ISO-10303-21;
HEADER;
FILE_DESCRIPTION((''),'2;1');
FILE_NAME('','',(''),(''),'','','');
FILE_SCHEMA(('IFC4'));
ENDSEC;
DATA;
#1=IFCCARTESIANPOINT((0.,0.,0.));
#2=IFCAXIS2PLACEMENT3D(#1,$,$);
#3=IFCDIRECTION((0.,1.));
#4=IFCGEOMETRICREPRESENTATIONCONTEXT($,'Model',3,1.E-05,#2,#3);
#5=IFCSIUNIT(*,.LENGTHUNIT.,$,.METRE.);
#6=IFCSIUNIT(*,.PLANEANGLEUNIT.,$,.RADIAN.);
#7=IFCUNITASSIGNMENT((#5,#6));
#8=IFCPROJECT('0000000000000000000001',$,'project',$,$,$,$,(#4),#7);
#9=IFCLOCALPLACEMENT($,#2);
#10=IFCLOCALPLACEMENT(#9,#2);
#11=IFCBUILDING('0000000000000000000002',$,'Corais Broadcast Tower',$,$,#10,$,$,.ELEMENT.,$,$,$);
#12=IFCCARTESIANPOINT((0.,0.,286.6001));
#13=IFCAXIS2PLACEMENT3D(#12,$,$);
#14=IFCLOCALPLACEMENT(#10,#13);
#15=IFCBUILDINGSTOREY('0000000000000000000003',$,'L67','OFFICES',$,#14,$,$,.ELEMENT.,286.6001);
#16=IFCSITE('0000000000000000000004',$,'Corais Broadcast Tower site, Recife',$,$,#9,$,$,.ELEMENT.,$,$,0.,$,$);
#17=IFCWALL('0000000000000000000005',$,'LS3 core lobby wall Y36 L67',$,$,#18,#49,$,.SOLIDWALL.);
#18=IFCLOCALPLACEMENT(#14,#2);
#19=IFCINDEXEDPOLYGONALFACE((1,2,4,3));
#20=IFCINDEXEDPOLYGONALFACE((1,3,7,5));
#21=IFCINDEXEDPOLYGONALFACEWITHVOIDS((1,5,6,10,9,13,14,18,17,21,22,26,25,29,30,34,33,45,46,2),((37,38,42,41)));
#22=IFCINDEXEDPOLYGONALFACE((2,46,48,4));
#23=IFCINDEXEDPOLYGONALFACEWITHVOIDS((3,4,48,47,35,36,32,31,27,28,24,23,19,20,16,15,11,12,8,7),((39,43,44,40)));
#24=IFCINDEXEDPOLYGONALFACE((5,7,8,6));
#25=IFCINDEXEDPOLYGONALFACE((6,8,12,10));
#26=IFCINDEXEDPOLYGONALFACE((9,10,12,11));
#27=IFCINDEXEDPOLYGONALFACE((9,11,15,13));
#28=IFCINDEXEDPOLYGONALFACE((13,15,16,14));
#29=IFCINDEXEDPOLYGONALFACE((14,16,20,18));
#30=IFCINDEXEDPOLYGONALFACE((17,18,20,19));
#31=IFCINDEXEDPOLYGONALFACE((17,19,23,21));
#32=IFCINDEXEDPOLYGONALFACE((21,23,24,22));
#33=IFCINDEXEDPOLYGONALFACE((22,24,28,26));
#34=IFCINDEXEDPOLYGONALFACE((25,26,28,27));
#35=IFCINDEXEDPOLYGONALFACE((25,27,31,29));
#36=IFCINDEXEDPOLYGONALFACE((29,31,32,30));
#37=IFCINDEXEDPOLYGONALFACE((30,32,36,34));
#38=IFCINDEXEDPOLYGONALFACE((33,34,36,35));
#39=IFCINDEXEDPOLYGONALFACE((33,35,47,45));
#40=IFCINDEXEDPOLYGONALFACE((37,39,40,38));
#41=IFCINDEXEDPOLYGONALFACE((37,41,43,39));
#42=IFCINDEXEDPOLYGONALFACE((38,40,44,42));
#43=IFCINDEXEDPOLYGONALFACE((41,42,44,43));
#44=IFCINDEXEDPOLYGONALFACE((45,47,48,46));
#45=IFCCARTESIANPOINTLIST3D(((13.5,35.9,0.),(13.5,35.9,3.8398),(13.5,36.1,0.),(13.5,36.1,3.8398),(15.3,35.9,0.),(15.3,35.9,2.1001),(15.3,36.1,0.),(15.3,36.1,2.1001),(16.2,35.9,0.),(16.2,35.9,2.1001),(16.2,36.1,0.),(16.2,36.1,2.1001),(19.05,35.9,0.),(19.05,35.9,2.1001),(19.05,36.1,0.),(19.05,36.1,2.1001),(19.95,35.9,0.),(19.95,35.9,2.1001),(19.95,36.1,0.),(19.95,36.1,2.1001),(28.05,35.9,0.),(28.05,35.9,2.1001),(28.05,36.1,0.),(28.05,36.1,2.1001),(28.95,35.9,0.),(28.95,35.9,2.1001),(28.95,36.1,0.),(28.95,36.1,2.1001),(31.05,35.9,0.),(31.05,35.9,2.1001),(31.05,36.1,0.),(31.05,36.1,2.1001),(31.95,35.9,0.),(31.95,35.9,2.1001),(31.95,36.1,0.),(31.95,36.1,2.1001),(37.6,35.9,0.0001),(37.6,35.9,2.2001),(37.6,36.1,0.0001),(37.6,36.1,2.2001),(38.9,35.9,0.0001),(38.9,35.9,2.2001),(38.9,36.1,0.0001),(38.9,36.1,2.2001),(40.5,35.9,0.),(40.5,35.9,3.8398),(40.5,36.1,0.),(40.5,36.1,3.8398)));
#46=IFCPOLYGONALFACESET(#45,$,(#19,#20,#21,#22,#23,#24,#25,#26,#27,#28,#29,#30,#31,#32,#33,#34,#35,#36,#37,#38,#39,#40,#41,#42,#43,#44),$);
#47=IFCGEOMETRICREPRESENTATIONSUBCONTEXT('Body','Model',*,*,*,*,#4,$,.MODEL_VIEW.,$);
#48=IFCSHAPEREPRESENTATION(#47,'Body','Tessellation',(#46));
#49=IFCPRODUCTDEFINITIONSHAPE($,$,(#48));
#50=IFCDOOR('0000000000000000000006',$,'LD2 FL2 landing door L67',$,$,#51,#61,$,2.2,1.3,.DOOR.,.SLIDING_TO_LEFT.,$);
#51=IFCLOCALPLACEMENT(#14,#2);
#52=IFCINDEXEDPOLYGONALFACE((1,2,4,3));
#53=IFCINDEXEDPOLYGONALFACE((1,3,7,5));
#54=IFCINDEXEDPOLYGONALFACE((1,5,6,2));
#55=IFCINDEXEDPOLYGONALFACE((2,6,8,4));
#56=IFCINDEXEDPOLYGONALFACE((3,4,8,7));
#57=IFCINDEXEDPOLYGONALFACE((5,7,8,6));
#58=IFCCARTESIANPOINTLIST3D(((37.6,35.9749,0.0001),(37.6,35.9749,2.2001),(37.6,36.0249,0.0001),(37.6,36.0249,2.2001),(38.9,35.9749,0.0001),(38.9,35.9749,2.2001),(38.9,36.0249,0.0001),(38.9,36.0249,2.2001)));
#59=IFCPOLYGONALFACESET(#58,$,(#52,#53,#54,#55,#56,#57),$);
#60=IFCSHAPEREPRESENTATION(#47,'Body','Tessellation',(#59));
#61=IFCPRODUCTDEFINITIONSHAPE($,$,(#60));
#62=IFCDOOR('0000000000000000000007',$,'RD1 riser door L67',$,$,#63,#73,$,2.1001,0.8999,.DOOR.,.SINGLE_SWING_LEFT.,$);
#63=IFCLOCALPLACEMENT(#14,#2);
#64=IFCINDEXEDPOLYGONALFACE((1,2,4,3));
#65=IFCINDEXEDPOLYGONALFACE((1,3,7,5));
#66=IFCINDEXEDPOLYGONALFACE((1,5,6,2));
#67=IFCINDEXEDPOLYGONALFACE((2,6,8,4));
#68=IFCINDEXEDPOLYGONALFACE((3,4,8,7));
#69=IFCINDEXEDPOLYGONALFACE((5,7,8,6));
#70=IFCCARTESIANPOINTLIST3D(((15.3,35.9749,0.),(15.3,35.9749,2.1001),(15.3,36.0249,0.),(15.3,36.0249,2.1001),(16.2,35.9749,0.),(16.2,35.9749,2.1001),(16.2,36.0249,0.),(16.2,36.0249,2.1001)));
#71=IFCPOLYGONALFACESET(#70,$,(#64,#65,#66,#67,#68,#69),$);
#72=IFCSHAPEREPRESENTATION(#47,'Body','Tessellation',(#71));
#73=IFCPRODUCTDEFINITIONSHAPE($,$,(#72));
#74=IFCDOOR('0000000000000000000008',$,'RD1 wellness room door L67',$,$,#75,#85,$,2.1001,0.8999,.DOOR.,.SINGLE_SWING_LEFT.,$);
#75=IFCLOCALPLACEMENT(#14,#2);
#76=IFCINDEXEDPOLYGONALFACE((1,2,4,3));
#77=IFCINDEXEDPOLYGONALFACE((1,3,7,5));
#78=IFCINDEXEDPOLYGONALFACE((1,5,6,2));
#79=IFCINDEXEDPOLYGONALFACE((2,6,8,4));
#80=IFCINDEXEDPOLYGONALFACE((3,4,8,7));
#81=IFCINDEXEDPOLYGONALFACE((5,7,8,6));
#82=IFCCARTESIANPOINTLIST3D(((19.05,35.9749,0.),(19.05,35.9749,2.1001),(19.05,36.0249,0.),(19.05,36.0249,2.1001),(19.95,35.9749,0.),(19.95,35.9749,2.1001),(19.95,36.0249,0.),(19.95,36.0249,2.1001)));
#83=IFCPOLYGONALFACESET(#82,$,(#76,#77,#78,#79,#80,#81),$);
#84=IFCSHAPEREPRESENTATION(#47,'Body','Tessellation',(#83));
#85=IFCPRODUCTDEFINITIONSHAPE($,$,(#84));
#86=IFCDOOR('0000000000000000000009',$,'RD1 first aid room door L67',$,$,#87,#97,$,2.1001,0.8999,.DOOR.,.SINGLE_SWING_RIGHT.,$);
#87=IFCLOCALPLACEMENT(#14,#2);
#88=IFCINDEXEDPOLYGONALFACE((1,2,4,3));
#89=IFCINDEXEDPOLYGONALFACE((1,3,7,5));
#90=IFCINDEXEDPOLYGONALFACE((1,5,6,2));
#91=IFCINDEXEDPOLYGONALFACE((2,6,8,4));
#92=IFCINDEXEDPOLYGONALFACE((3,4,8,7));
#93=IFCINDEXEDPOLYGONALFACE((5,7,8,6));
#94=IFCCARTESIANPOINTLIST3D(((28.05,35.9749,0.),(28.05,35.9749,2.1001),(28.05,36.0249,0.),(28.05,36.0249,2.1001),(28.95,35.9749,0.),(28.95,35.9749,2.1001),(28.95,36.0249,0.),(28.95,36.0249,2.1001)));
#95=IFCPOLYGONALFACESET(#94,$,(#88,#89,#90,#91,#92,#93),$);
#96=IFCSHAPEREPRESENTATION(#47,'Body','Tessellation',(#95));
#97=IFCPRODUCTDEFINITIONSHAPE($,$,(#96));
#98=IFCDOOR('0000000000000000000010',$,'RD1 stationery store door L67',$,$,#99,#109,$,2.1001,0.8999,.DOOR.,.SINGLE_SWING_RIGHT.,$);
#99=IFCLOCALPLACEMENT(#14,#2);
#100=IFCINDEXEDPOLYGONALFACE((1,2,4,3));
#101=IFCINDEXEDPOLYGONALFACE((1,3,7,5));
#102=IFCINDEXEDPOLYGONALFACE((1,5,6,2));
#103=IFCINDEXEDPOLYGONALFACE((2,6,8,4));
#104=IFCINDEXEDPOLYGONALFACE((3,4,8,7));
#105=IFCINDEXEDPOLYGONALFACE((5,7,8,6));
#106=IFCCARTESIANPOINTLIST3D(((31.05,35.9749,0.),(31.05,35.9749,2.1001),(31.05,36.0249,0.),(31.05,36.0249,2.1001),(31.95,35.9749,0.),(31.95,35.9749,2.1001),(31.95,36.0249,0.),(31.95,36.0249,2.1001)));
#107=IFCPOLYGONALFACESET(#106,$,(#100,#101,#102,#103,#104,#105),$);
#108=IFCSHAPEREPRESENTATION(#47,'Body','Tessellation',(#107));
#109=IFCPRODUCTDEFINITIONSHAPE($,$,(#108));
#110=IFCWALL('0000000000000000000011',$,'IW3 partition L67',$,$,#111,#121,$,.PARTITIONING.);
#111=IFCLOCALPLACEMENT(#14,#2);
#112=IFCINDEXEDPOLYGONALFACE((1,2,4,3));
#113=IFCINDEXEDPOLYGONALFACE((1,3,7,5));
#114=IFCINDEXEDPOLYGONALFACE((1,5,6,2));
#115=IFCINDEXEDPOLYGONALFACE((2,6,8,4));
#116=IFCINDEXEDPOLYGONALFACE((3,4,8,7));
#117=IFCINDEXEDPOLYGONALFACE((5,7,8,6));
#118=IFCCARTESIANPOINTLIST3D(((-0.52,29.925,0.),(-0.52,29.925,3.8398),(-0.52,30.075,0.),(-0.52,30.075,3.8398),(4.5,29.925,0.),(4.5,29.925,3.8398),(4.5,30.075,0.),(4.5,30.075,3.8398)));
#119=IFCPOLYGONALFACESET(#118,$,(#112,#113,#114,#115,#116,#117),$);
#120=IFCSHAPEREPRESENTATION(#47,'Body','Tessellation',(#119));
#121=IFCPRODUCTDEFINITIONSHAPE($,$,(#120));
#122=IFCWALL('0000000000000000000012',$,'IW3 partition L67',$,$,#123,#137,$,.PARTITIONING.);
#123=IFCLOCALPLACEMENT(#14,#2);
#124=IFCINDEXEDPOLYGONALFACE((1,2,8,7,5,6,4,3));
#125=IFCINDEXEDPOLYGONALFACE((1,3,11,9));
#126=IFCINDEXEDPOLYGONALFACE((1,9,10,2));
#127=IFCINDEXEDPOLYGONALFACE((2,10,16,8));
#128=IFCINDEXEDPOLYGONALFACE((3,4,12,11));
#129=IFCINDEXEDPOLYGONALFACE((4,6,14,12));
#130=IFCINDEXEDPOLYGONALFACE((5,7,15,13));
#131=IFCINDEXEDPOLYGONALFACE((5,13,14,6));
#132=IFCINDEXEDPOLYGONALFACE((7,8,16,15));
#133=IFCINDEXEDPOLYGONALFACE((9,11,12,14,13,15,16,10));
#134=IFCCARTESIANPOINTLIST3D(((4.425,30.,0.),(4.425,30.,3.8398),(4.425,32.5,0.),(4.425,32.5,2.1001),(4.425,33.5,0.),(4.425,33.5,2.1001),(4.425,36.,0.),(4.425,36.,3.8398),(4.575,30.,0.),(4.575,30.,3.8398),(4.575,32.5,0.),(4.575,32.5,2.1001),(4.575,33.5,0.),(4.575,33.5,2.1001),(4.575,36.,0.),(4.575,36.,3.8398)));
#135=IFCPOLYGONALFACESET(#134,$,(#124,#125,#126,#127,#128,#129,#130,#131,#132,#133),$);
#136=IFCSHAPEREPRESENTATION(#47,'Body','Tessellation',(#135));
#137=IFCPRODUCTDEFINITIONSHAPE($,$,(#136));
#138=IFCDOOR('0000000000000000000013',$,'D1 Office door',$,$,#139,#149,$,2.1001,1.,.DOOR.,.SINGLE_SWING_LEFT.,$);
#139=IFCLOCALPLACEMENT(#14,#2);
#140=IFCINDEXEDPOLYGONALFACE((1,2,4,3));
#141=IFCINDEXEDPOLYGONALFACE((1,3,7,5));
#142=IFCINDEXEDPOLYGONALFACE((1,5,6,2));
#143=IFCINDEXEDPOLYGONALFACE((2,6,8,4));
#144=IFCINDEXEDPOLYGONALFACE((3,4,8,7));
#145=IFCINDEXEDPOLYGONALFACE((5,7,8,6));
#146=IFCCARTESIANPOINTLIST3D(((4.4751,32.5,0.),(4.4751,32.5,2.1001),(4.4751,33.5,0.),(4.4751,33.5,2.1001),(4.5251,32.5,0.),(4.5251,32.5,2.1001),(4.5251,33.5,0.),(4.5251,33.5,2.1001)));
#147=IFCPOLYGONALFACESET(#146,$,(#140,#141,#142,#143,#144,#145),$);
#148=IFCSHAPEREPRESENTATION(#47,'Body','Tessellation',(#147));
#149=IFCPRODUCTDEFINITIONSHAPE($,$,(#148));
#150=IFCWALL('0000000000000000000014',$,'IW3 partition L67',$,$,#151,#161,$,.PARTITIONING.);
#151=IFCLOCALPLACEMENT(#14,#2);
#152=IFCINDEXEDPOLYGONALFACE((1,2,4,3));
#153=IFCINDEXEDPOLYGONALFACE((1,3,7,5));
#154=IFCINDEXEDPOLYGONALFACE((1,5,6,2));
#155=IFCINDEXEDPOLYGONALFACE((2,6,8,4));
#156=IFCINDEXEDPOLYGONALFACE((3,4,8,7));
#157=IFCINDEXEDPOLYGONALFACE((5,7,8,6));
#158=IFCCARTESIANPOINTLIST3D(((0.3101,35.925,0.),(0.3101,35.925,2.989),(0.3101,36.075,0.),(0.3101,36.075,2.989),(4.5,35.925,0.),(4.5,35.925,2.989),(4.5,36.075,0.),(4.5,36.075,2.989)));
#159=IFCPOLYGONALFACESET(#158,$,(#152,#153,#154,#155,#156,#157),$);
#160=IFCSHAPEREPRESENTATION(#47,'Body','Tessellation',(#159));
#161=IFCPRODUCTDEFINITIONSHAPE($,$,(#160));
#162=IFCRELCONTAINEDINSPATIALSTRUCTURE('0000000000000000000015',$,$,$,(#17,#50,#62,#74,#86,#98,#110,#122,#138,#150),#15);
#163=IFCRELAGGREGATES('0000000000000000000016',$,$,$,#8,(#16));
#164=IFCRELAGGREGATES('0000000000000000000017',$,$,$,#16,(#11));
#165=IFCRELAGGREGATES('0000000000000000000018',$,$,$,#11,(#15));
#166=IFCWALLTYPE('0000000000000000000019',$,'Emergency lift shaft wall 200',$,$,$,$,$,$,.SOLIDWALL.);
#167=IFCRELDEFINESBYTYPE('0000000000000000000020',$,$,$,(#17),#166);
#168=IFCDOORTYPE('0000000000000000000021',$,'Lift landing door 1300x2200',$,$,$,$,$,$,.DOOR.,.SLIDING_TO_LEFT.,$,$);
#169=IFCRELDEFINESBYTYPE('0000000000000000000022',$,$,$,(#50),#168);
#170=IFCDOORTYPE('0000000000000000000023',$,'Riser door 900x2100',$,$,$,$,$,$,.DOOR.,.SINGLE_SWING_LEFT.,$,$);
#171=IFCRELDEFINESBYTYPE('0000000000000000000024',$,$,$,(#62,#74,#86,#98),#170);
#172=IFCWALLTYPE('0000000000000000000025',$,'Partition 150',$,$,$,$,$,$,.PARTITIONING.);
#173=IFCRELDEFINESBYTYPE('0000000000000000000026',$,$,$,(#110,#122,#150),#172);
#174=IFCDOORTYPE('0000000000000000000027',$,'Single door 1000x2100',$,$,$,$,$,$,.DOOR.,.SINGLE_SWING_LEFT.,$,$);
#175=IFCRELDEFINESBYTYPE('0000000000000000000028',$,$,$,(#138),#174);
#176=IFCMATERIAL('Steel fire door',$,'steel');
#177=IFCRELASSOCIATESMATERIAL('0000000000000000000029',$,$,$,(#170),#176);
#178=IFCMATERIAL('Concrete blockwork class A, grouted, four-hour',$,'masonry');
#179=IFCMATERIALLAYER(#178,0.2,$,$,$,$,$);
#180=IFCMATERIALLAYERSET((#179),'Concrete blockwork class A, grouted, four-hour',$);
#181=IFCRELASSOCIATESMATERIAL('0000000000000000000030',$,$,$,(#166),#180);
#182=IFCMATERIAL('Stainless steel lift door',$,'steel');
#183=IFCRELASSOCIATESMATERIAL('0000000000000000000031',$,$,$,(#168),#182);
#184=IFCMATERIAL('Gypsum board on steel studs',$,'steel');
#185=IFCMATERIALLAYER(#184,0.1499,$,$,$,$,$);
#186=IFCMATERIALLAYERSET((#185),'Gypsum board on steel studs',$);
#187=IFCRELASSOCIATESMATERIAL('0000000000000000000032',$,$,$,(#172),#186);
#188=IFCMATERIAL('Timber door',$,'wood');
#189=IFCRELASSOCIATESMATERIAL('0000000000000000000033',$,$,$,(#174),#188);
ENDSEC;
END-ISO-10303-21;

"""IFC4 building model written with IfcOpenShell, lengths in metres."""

from ifc_helpers import new_model, si_unit, direction, frame, frame_2d, origin, place, context, subcontext, project, spatial, rectangle, extrude, material, layer, layer_set, type_object, element, fill, save


model = new_model("IFC4")

# Units and contexts
model_context = context("Model", 3, precision=1e-05, world=origin(), true_north=direction((0.0, 1.0)))
body_context = subcontext(model_context, "Body", "Model", "MODEL_VIEW")
ifc_project = project(units=[si_unit("LENGTHUNIT", "METRE"), si_unit("PLANEANGLEUNIT", "RADIAN")], contexts=[model_context])

# Site, building, storey
site_placement = place(None, origin())
site = spatial("IfcSite", under=ifc_project, at=site_placement, Name="Corais Broadcast Tower site, Recife", CompositionType="ELEMENT", RefElevation=0.0)
building_placement = place(site_placement, origin())
building = spatial("IfcBuilding", under=site, at=building_placement, Name="Corais Broadcast Tower", CompositionType="ELEMENT")
storey_placement = place(building_placement, frame((0.0, 0.0, 286.6001)))
storey = spatial("IfcBuildingStorey", under=building, at=storey_placement, Name="L67", Description="OFFICES", CompositionType="ELEMENT", Elevation=286.6001)

# Wall, openings, doors
ifc_material_1 = material(Name="Steel fire door", Category="steel")
door_type_1 = type_object("IfcDoorType", Name="Riser door 900x2100", OperationType="SINGLE_SWING_LEFT", PredefinedType="DOOR", material=ifc_material_1)
ifc_material_2 = material(Name="Concrete blockwork class A, grouted, four-hour", Category="masonry")
ifc_layer_1 = layer(ifc_material_2, 0.2)
ifc_layer_set_1 = layer_set([ifc_layer_1], Name="Concrete blockwork class A, grouted, four-hour")
wall_type_1 = type_object("IfcWallType", Name="Emergency lift shaft wall 200", PredefinedType="SOLIDWALL", material=ifc_layer_set_1)
wall_1_placement = place(storey_placement, frame((13.5, 36.0, 0.0), z_axis=(0.0, 0.0, 1.0), x_axis=(1.0, 0.0, 0.0)))
wall_1 = element("IfcWall", 1, at=wall_1_placement, inside=storey, type_object=wall_type_1, Name="LS3 core lobby wall Y36 L67", PredefinedType="SOLIDWALL", context=body_context, shape_type="SweptSolid", body=[
    extrude(rectangle(XDim=27.0, YDim=0.2, at=frame_2d((13.5, 0.0))), origin(), (0.0, 0.0, 1.0), 3.8398),
])
opening_1_placement = place(wall_1_placement, frame((1.8, 0.0, 0.0)))
opening_1 = element("IfcOpeningElement", 2, at=opening_1_placement, cuts=wall_1, PredefinedType="OPENING", context=body_context, shape_type="SweptSolid", body=[
    extrude(rectangle(XDim=0.8999, YDim=2.1001, at=frame_2d((0.45, 1.05))), frame((0.0, 0.1099, 0.0), z_axis=(0.0, -1.0, 0.0), x_axis=(1.0, 0.0, 0.0)), (0.0, 0.0, 1.0), 0.22),
])
opening_2_placement = place(wall_1_placement, frame((5.55, 0.0, 0.0)))
opening_2 = element("IfcOpeningElement", 3, at=opening_2_placement, cuts=wall_1, PredefinedType="OPENING", context=body_context, shape_type="SweptSolid", body=[
    extrude(rectangle(XDim=0.8999, YDim=2.1001, at=frame_2d((0.45, 1.05))), frame((0.0, 0.1099, 0.0), z_axis=(0.0, -1.0, 0.0), x_axis=(1.0, 0.0, 0.0)), (0.0, 0.0, 1.0), 0.22),
])
opening_3_placement = place(wall_1_placement, frame((14.55, 0.0, 0.0)))
opening_3 = element("IfcOpeningElement", 4, at=opening_3_placement, cuts=wall_1, PredefinedType="OPENING", context=body_context, shape_type="SweptSolid", body=[
    extrude(rectangle(XDim=0.8999, YDim=2.1001, at=frame_2d((0.45, 1.05))), frame((0.0, 0.1099, 0.0), z_axis=(0.0, -1.0, 0.0), x_axis=(1.0, 0.0, 0.0)), (0.0, 0.0, 1.0), 0.22),
])
opening_4_placement = place(wall_1_placement, frame((17.55, 0.0, 0.0)))
opening_4 = element("IfcOpeningElement", 5, at=opening_4_placement, cuts=wall_1, PredefinedType="OPENING", context=body_context, shape_type="SweptSolid", body=[
    extrude(rectangle(XDim=0.8999, YDim=2.1001, at=frame_2d((0.45, 1.05))), frame((0.0, 0.1099, 0.0), z_axis=(0.0, -1.0, 0.0), x_axis=(1.0, 0.0, 0.0)), (0.0, 0.0, 1.0), 0.22),
])
opening_5_placement = place(wall_1_placement, frame((24.1001, 0.0, 0.0)))
opening_5 = element("IfcOpeningElement", 6, at=opening_5_placement, cuts=wall_1, PredefinedType="OPENING", context=body_context, shape_type="SweptSolid", body=[
    extrude(rectangle(XDim=1.3, YDim=2.2, at=frame_2d((0.6499, 1.1001))), frame((0.0, 0.1099, 0.0), z_axis=(0.0, -1.0, 0.0), x_axis=(1.0, 0.0, 0.0)), (0.0, 0.0, 1.0), 0.22),
])
ifc_material_3 = material(Name="Stainless steel lift door", Category="steel")
door_type_2 = type_object("IfcDoorType", Name="Lift landing door 1300x2200", OperationType="SLIDING_TO_LEFT", PredefinedType="DOOR", material=ifc_material_3)
door_1_placement = place(opening_5_placement, origin())
door_1 = element("IfcDoor", 7, at=door_1_placement, inside=storey, type_object=door_type_2, Name="LD2 FL2 landing door L67", OperationType="SLIDING_TO_LEFT", OverallHeight=2.2, OverallWidth=1.3, PredefinedType="DOOR", context=body_context, shape_type="SweptSolid", body=[
    extrude(rectangle(XDim=1.3, YDim=2.2, at=frame_2d((0.6499, 1.1001))), frame((0.0, 0.0249, 0.0), z_axis=(0.0, -1.0, 0.0), x_axis=(1.0, 0.0, 0.0)), (0.0, 0.0, 1.0), 0.05),
])
fill(opening_5, door_1)
door_2_placement = place(opening_1_placement, origin())
door_2 = element("IfcDoor", 8, at=door_2_placement, inside=storey, type_object=door_type_1, Name="RD1 riser door L67", OperationType="SINGLE_SWING_LEFT", OverallHeight=2.1001, OverallWidth=0.8999, PredefinedType="DOOR", context=body_context, shape_type="SweptSolid", body=[
    extrude(rectangle(XDim=0.8999, YDim=2.1001, at=frame_2d((0.45, 1.05))), frame((0.0, 0.0249, 0.0), z_axis=(0.0, -1.0, 0.0), x_axis=(1.0, 0.0, 0.0)), (0.0, 0.0, 1.0), 0.05),
])
fill(opening_1, door_2)
door_3_placement = place(opening_2_placement, origin())
door_3 = element("IfcDoor", 9, at=door_3_placement, inside=storey, type_object=door_type_1, Name="RD1 wellness room door L67", OperationType="SINGLE_SWING_LEFT", OverallHeight=2.1001, OverallWidth=0.8999, PredefinedType="DOOR", context=body_context, shape_type="SweptSolid", body=[
    extrude(rectangle(XDim=0.8999, YDim=2.1001, at=frame_2d((0.45, 1.05))), frame((0.0, 0.0249, 0.0), z_axis=(0.0, -1.0, 0.0), x_axis=(1.0, 0.0, 0.0)), (0.0, 0.0, 1.0), 0.05),
])
fill(opening_2, door_3)
door_4_placement = place(opening_3_placement, origin())
door_4 = element("IfcDoor", 10, at=door_4_placement, inside=storey, type_object=door_type_1, Name="RD1 first aid room door L67", OperationType="SINGLE_SWING_RIGHT", OverallHeight=2.1001, OverallWidth=0.8999, PredefinedType="DOOR", context=body_context, shape_type="SweptSolid", body=[
    extrude(rectangle(XDim=0.8999, YDim=2.1001, at=frame_2d((0.45, 1.05))), frame((0.0, 0.0249, 0.0), z_axis=(0.0, -1.0, 0.0), x_axis=(1.0, 0.0, 0.0)), (0.0, 0.0, 1.0), 0.05),
])
fill(opening_3, door_4)
door_5_placement = place(opening_4_placement, origin())
door_5 = element("IfcDoor", 11, at=door_5_placement, inside=storey, type_object=door_type_1, Name="RD1 stationery store door L67", OperationType="SINGLE_SWING_RIGHT", OverallHeight=2.1001, OverallWidth=0.8999, PredefinedType="DOOR", context=body_context, shape_type="SweptSolid", body=[
    extrude(rectangle(XDim=0.8999, YDim=2.1001, at=frame_2d((0.45, 1.05))), frame((0.0, 0.0249, 0.0), z_axis=(0.0, -1.0, 0.0), x_axis=(1.0, 0.0, 0.0)), (0.0, 0.0, 1.0), 0.05),
])
fill(opening_4, door_5)

# Wall
ifc_material_4 = material(Name="Gypsum board on steel studs", Category="steel")
ifc_layer_2 = layer(ifc_material_4, 0.1499)
ifc_layer_set_2 = layer_set([ifc_layer_2], Name="Gypsum board on steel studs")
wall_type_2 = type_object("IfcWallType", Name="Partition 150", PredefinedType="PARTITIONING", material=ifc_layer_set_2)
wall_2_placement = place(storey_placement, frame((4.5, 30.0, 0.0), z_axis=(0.0, 0.0, 1.0), x_axis=(-1.0, 0.0, 0.0)))
element("IfcWall", 12, at=wall_2_placement, inside=storey, type_object=wall_type_2, Name="IW3 partition L67", PredefinedType="PARTITIONING", context=body_context, shape_type="SweptSolid", body=[
    extrude(rectangle(XDim=5.02, YDim=0.1499, at=frame_2d((2.51, 0.0))), origin(), (0.0, 0.0, 1.0), 3.8398),
])

# Wall, opening, door
wall_3_placement = place(storey_placement, frame((4.5, 30.0, 0.0), z_axis=(0.0, 0.0, 1.0), x_axis=(0.0, 1.0, 0.0)))
wall_3 = element("IfcWall", 13, at=wall_3_placement, inside=storey, type_object=wall_type_2, Name="IW3 partition L67", PredefinedType="PARTITIONING", context=body_context, shape_type="SweptSolid", body=[
    extrude(rectangle(XDim=6.0, YDim=0.1499, at=frame_2d((3.0, 0.0))), origin(), (0.0, 0.0, 1.0), 3.8398),
])
opening_6_placement = place(wall_3_placement, frame((2.5, 0.0, 0.0)))
opening_6 = element("IfcOpeningElement", 14, at=opening_6_placement, cuts=wall_3, PredefinedType="OPENING", context=body_context, shape_type="SweptSolid", body=[
    extrude(rectangle(XDim=1.0, YDim=2.1001, at=frame_2d((0.5, 1.05))), frame((0.0, 0.085, 0.0), z_axis=(0.0, -1.0, 0.0), x_axis=(1.0, 0.0, 0.0)), (0.0, 0.0, 1.0), 0.1699),
])
ifc_material_5 = material(Name="Timber door", Category="wood")
door_type_3 = type_object("IfcDoorType", Name="Single door 1000x2100", OperationType="SINGLE_SWING_LEFT", PredefinedType="DOOR", material=ifc_material_5)
door_6_placement = place(opening_6_placement, origin())
door_6 = element("IfcDoor", 15, at=door_6_placement, inside=storey, type_object=door_type_3, Name="D1 Office door", OperationType="SINGLE_SWING_LEFT", OverallHeight=2.1001, OverallWidth=1.0, PredefinedType="DOOR", context=body_context, shape_type="SweptSolid", body=[
    extrude(rectangle(XDim=1.0, YDim=2.1001, at=frame_2d((0.5, 1.05))), frame((0.0, 0.0249, 0.0), z_axis=(0.0, -1.0, 0.0), x_axis=(1.0, 0.0, 0.0)), (0.0, 0.0, 1.0), 0.05),
])
fill(opening_6, door_6)

# Wall
wall_4_placement = place(storey_placement, frame((4.5, 36.0, 0.0), z_axis=(0.0, 0.0, 1.0), x_axis=(-1.0, 0.0, 0.0)))
element("IfcWall", 16, at=wall_4_placement, inside=storey, type_object=wall_type_2, Name="IW3 partition L67", PredefinedType="PARTITIONING", context=body_context, shape_type="SweptSolid", body=[
    extrude(rectangle(XDim=4.1899, YDim=0.1499, at=frame_2d((2.095, 0.0))), origin(), (0.0, 0.0, 1.0), 2.989),
])

save(model, "model.ifc")
